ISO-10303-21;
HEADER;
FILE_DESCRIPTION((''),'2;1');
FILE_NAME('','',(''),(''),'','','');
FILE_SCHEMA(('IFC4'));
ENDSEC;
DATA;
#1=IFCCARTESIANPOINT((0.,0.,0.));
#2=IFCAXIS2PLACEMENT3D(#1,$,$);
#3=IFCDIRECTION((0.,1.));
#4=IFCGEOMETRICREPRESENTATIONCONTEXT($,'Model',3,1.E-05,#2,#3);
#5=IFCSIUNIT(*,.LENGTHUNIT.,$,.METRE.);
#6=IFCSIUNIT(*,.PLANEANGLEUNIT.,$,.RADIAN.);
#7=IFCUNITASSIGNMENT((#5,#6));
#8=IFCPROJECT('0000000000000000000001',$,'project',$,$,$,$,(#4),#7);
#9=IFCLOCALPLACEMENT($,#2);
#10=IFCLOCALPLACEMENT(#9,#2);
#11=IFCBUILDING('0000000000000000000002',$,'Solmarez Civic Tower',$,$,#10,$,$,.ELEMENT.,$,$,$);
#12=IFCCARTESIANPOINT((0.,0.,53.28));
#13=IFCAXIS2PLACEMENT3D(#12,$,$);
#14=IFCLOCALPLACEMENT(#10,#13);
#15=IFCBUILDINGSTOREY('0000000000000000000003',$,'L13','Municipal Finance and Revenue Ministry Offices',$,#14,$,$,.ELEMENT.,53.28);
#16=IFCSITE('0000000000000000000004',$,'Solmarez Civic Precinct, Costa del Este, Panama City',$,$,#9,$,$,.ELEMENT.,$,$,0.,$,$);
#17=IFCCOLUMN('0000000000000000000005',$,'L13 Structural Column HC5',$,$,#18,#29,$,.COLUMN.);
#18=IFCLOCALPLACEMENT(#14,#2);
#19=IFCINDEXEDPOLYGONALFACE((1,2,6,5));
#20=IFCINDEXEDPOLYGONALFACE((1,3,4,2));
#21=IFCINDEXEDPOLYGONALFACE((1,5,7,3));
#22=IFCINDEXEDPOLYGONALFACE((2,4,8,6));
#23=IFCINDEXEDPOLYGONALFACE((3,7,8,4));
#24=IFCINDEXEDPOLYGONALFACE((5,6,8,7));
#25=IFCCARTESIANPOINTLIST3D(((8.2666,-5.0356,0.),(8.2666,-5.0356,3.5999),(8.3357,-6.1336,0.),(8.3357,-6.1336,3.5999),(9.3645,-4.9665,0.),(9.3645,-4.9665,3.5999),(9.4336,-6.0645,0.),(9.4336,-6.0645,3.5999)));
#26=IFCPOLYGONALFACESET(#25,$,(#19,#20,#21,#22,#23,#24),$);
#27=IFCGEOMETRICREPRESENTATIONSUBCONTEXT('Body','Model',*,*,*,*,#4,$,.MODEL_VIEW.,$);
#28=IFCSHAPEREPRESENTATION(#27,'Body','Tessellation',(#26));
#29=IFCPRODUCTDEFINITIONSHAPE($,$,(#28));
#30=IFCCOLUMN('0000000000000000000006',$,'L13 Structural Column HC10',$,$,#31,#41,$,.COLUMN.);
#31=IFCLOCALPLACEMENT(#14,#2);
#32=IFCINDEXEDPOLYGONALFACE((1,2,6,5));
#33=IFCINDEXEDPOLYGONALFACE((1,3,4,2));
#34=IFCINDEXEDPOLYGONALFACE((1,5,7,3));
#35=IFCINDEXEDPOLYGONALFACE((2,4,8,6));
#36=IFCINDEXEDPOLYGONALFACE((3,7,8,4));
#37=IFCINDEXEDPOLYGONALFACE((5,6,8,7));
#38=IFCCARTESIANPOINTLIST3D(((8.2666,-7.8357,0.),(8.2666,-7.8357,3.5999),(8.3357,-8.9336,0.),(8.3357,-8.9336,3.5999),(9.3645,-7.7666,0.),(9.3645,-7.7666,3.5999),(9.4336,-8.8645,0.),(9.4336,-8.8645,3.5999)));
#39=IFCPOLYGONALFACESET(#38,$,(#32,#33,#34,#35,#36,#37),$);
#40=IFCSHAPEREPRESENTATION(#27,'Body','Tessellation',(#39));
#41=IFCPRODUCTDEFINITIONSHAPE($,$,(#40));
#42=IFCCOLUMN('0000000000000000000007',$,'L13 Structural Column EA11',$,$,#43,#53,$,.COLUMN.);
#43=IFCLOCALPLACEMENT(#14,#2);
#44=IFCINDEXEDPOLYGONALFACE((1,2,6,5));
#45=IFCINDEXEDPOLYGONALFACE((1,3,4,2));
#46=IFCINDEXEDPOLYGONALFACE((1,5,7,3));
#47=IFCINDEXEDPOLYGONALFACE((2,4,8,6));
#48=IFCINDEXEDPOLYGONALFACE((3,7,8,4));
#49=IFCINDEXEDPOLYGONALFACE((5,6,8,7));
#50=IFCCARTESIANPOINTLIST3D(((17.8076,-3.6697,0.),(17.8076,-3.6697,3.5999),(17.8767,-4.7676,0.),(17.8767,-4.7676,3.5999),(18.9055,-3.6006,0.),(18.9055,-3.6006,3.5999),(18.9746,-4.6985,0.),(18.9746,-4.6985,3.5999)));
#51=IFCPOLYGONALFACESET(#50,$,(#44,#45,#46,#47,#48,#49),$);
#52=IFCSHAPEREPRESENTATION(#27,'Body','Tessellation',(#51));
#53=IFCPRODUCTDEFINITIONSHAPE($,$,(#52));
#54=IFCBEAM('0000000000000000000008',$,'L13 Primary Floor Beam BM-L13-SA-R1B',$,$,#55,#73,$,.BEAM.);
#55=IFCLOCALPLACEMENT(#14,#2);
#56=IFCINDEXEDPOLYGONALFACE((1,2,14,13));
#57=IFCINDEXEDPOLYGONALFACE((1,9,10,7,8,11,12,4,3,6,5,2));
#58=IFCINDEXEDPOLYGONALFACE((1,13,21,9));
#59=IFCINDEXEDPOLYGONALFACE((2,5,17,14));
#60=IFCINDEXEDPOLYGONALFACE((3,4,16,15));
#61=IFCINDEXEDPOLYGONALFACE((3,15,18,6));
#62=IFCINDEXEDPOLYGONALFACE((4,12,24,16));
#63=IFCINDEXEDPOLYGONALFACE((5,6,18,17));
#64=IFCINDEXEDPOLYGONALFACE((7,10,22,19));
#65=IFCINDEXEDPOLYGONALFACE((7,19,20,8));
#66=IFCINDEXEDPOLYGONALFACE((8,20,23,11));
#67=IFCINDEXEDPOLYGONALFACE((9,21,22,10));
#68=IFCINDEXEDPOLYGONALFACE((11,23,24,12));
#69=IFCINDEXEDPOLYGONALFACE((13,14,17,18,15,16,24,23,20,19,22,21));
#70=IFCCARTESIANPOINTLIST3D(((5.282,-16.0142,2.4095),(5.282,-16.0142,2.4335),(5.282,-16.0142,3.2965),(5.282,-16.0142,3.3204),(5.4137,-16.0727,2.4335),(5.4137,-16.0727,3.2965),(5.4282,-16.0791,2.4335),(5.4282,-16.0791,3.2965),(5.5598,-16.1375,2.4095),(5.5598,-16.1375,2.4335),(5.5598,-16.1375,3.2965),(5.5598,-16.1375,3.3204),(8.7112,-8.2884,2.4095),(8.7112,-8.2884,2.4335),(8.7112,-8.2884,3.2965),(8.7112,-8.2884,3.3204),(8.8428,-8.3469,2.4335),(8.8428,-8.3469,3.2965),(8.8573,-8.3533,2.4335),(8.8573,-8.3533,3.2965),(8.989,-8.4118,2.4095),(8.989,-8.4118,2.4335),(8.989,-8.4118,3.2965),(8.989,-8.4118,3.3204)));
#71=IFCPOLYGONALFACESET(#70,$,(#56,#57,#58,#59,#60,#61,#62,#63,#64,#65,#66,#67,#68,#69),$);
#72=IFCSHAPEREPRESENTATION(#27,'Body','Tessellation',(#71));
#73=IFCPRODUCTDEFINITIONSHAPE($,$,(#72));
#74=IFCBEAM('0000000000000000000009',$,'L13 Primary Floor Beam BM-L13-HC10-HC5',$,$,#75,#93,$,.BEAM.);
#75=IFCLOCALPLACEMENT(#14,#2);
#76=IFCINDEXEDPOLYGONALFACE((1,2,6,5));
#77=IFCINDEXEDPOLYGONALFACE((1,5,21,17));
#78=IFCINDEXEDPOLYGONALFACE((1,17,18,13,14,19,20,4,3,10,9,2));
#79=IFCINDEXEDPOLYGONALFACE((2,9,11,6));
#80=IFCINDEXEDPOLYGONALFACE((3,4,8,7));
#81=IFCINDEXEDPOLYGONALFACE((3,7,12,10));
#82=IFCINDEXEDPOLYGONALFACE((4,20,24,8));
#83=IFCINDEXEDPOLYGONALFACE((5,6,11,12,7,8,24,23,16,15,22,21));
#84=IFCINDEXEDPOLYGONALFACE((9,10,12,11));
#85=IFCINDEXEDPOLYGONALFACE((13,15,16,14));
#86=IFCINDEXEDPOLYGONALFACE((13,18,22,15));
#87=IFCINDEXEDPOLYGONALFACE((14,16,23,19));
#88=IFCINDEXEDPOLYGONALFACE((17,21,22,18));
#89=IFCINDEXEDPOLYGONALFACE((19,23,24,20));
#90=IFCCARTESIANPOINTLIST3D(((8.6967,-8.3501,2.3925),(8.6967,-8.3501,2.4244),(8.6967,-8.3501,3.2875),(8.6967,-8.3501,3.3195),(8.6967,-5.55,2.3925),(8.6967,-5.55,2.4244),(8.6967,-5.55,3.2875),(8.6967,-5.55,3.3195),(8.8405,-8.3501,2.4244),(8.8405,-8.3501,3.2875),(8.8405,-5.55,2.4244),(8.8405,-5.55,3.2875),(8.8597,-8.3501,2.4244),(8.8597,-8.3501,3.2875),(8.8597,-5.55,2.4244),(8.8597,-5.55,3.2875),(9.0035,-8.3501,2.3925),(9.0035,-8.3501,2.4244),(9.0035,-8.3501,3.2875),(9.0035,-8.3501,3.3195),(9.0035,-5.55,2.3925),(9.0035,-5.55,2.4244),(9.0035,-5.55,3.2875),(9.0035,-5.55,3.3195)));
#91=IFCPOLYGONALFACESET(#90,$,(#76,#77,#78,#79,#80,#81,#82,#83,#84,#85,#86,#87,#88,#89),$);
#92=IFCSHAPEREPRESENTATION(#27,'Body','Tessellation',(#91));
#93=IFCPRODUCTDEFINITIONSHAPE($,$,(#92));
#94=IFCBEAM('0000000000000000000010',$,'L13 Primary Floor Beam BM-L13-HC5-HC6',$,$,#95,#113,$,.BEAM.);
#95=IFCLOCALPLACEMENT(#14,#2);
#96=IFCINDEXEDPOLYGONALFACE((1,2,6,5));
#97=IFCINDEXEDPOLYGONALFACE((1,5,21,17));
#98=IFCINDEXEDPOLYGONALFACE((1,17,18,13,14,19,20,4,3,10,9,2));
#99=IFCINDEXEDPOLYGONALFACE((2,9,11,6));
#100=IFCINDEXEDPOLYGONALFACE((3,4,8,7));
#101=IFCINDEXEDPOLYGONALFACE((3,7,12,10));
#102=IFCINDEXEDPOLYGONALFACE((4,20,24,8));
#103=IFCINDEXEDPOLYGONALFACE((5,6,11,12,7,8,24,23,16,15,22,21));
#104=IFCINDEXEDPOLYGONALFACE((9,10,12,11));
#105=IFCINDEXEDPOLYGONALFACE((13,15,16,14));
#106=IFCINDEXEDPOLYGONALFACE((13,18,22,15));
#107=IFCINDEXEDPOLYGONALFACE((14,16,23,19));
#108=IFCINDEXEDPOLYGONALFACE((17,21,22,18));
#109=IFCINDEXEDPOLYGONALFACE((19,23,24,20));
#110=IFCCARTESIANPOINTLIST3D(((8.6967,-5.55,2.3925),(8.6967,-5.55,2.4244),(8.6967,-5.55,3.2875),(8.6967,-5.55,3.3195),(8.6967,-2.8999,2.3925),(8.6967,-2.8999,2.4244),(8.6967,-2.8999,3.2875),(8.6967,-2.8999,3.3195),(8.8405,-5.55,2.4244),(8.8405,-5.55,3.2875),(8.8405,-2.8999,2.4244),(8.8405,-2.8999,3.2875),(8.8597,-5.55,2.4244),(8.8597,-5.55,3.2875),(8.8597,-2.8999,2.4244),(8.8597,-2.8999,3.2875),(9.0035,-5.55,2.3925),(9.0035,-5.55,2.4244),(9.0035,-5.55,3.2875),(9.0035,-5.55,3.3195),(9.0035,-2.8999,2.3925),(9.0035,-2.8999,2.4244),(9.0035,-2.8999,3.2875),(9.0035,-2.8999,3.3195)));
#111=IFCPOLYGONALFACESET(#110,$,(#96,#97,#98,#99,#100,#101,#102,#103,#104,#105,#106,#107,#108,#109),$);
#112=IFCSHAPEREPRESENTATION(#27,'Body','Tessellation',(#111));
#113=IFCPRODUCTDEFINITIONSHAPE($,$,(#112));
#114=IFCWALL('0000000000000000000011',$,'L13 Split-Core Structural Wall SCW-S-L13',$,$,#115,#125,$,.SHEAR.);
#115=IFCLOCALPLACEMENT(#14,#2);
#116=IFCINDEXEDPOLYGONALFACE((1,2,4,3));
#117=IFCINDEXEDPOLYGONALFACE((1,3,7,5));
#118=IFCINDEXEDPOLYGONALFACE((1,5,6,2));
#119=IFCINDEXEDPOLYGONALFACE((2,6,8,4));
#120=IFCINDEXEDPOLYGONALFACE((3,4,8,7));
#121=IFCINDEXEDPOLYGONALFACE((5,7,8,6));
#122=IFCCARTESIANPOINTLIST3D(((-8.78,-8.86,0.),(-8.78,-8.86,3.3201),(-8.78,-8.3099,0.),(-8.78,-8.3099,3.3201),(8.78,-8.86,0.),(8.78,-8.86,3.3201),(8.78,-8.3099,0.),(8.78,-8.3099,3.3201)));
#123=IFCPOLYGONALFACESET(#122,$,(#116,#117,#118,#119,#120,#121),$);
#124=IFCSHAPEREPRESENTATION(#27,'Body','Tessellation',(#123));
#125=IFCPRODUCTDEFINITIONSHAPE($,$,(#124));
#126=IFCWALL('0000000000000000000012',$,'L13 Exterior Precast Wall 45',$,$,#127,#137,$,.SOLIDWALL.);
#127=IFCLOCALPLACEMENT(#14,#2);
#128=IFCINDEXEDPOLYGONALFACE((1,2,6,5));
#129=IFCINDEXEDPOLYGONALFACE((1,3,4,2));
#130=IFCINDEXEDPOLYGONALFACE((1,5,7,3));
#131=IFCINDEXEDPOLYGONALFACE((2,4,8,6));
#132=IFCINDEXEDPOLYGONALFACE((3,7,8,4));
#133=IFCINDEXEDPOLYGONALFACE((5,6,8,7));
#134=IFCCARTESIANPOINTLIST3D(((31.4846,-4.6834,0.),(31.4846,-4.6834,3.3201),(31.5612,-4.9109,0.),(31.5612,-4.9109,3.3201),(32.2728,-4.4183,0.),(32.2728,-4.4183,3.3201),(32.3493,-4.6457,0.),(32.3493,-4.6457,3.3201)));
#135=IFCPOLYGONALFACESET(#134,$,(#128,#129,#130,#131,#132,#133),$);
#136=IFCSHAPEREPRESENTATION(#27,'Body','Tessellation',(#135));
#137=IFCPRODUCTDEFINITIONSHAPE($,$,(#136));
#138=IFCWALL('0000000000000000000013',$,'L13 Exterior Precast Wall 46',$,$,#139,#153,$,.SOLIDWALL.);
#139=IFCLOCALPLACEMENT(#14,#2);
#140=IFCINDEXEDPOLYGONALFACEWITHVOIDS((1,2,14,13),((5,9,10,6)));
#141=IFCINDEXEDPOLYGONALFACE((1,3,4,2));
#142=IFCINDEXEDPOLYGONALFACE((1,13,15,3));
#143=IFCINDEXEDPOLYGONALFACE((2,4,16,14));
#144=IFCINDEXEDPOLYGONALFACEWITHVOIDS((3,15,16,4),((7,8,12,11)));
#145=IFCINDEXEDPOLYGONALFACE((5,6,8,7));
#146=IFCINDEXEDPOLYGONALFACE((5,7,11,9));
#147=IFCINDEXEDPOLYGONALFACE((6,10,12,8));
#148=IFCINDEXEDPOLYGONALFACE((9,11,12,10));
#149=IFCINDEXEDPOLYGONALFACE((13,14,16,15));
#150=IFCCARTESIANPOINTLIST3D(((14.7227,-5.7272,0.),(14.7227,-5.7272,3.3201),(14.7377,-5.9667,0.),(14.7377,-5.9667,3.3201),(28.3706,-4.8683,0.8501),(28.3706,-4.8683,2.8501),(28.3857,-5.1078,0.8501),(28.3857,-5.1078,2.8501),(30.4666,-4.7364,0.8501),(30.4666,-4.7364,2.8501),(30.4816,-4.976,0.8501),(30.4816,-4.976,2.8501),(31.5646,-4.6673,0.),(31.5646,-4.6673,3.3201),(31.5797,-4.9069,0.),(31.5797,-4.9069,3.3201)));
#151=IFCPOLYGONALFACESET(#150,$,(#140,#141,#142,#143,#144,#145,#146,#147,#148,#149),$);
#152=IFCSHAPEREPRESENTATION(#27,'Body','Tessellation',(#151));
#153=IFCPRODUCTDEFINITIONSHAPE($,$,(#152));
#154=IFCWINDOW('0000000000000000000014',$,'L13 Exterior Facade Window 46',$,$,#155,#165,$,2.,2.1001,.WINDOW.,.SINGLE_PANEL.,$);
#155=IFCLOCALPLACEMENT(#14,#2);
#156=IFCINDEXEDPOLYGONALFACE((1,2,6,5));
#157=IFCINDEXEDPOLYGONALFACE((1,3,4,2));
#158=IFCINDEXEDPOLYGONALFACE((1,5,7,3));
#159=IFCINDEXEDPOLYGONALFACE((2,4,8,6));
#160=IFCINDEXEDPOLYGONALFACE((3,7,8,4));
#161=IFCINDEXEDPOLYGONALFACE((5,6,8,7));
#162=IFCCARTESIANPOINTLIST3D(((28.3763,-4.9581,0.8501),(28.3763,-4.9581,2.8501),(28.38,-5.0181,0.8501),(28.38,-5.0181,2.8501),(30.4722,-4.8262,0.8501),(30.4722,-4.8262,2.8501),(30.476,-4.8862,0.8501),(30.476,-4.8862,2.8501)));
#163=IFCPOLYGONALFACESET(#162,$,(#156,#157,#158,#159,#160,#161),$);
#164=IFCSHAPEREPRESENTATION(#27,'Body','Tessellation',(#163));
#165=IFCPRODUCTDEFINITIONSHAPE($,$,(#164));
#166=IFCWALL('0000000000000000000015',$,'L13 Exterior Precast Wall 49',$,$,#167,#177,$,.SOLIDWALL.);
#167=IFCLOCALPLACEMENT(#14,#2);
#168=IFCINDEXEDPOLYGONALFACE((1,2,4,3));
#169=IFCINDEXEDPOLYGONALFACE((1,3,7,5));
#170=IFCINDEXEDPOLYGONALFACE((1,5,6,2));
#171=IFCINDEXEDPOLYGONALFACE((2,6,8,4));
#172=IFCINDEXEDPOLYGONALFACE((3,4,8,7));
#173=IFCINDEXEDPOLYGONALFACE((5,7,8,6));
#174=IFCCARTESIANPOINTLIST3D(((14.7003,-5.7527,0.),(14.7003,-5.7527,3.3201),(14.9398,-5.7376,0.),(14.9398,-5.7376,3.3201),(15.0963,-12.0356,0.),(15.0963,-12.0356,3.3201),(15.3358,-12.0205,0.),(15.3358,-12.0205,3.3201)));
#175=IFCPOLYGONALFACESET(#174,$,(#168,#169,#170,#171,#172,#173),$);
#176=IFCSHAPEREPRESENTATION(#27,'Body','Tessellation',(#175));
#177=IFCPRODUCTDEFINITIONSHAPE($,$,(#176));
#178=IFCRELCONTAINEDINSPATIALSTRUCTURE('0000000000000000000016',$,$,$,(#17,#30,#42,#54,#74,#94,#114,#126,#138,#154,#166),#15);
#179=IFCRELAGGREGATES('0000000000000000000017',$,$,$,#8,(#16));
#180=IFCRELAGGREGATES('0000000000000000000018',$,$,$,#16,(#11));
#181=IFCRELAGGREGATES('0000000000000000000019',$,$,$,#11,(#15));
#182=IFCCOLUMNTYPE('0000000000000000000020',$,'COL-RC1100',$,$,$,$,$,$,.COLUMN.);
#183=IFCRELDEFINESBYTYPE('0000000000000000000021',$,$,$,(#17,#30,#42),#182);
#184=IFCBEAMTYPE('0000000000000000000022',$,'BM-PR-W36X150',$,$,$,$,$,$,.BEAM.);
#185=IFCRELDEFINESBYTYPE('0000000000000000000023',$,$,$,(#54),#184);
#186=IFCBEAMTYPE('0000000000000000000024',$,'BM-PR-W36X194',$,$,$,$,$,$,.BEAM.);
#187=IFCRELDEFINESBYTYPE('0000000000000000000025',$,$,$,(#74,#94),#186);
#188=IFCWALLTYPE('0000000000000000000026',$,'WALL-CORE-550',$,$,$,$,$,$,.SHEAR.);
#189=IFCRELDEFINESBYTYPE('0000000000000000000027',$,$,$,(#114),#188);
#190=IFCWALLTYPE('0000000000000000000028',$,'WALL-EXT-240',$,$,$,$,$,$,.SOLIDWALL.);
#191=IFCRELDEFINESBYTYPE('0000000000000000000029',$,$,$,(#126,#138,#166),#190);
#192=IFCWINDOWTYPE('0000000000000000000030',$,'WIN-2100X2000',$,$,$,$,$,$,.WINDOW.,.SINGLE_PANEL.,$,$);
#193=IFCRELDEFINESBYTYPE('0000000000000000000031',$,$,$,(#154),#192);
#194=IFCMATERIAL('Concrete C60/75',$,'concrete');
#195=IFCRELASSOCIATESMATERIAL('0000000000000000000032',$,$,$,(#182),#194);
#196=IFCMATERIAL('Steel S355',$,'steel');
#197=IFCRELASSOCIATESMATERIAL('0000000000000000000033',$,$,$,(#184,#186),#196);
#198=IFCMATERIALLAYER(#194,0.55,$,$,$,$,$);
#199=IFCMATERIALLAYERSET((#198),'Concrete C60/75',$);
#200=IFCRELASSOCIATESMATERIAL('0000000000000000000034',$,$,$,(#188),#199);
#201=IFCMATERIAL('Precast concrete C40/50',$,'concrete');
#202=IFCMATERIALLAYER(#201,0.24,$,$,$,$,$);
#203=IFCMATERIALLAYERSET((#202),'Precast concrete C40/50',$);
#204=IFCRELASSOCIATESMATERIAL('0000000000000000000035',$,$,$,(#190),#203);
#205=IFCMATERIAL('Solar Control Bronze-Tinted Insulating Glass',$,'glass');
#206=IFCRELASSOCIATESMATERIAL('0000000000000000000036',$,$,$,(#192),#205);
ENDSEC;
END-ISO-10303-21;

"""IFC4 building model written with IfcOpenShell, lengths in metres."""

from ifc_helpers import new_model, si_unit, direction, frame, frame_2d, origin, origin_2d, place, context, subcontext, project, spatial, rectangle, i_section, extrude, material, layer, layer_set, material_profile, profile_set, type_object, element, fill, save


model = new_model("IFC4")

# Units and contexts
model_context = context("Model", 3, precision=1e-05, world=origin(), true_north=direction((0.0, 1.0)))
body_context = subcontext(model_context, "Body", "Model", "MODEL_VIEW")
ifc_project = project(units=[si_unit("LENGTHUNIT", "METRE"), si_unit("PLANEANGLEUNIT", "RADIAN")], contexts=[model_context])

# Site, building, storey
site_placement = place(None, origin())
site = spatial("IfcSite", under=ifc_project, at=site_placement, Name="Solmarez Civic Precinct, Costa del Este, Panama City", CompositionType="ELEMENT", RefElevation=0.0)
building_placement = place(site_placement, origin())
building = spatial("IfcBuilding", under=site, at=building_placement, Name="Solmarez Civic Tower", CompositionType="ELEMENT")
storey_placement = place(building_placement, frame((0.0, 0.0, 53.28)))
storey = spatial("IfcBuildingStorey", under=building, at=storey_placement, Name="L13", Description="Municipal Finance and Revenue Ministry Offices", CompositionType="ELEMENT", Elevation=53.28)

# Columns
ifc_material_1 = material(Name="Concrete C60/75", Category="concrete")
ifc_material_profile_1 = material_profile(ifc_material_1, rectangle(XDim=1.1001, YDim=1.1001, at=origin_2d()), Name="RC1100X1100")
ifc_profile_set_1 = profile_set([ifc_material_profile_1], Name="Concrete C60/75")
column_type = type_object("IfcColumnType", Name="COL-RC1100", PredefinedType="COLUMN", material=ifc_profile_set_1)
for number, where, z_axis, x_axis, name in (
    (1, (8.8501, -5.55, 0.0), (0.0, 0.0, 1.0), (0.998027, 0.062791, 0.0), "L13 Structural Column HC5"),
    (2, (8.8501, -8.3501, 0.0), (0.0, 0.0, 1.0), (0.998027, 0.062791, 0.0), "L13 Structural Column HC10"),
    (3, (18.3911, -4.1841, 0.0), (0.0, 0.0, 1.0), (0.998027, 0.062791, 0.0), "L13 Structural Column EA11"),
):
    element("IfcColumn", number, at=place(storey_placement, frame(where, z_axis=z_axis, x_axis=x_axis)), inside=storey, type_object=column_type, Name=name, PredefinedType="COLUMN", context=body_context, shape_type="SweptSolid", body=[
        extrude(rectangle(XDim=1.1001, YDim=1.1001, at=origin_2d()), origin(), (0.0, 0.0, 1.0), 3.5999),
    ])

# Beams
ifc_material_2 = material(Name="Steel S355", Category="steel")
ifc_material_profile_2 = material_profile(ifc_material_2, i_section(OverallWidth=0.304, OverallDepth=0.9109, WebThickness=0.0159, FlangeThickness=0.0239, at=origin_2d()), Name="W36X150")
ifc_profile_set_2 = profile_set([ifc_material_profile_2], Name="Steel S355")
beam_type_1 = type_object("IfcBeamType", Name="BM-PR-W36X150", PredefinedType="BEAM", material=ifc_profile_set_2)
beam_1_placement = place(storey_placement, frame((8.8501, -8.3501, 2.865), z_axis=(-0.405694, -0.914009, 0.0), x_axis=(0.914009, -0.405694, 0.0)))
element("IfcBeam", 4, at=beam_1_placement, inside=storey, type_object=beam_type_1, Name="L13 Primary Floor Beam BM-L13-SA-R1B", PredefinedType="BEAM", context=body_context, shape_type="SweptSolid", body=[
    extrude(i_section(OverallWidth=0.304, OverallDepth=0.9109, WebThickness=0.0159, FlangeThickness=0.0239, at=origin_2d()), origin(), (0.0, 0.0, 1.0), 8.4526),
])
ifc_material_profile_3 = material_profile(ifc_material_2, i_section(OverallWidth=0.3069, OverallDepth=0.927, WebThickness=0.0193, FlangeThickness=0.032, at=origin_2d()), Name="W36X194")
ifc_profile_set_3 = profile_set([ifc_material_profile_3], Name="Steel S355")
beam_type_2 = type_object("IfcBeamType", Name="BM-PR-W36X194", PredefinedType="BEAM", material=ifc_profile_set_3)
beam_2_placement = place(storey_placement, frame((8.8501, -8.3501, 2.856), z_axis=(0.0, 1.0, 0.0), x_axis=(-1.0, 0.0, 0.0)))
element("IfcBeam", 5, at=beam_2_placement, inside=storey, type_object=beam_type_2, Name="L13 Primary Floor Beam BM-L13-HC10-HC5", PredefinedType="BEAM", context=body_context, shape_type="SweptSolid", body=[
    extrude(i_section(OverallWidth=0.3069, OverallDepth=0.927, WebThickness=0.0193, FlangeThickness=0.032, at=origin_2d()), origin(), (0.0, 0.0, 1.0), 2.8),
])
beam_3_placement = place(storey_placement, frame((8.8501, -5.55, 2.856), z_axis=(0.0, 1.0, 0.0), x_axis=(-1.0, 0.0, 0.0)))
element("IfcBeam", 6, at=beam_3_placement, inside=storey, type_object=beam_type_2, Name="L13 Primary Floor Beam BM-L13-HC5-HC6", PredefinedType="BEAM", context=body_context, shape_type="SweptSolid", body=[
    extrude(i_section(OverallWidth=0.3069, OverallDepth=0.927, WebThickness=0.0193, FlangeThickness=0.032, at=origin_2d()), origin(), (0.0, 0.0, 1.0), 2.6501),
])

# Walls
ifc_layer_1 = layer(ifc_material_1, 0.55)
ifc_layer_set_1 = layer_set([ifc_layer_1], Name="Concrete C60/75")
wall_type_1 = type_object("IfcWallType", Name="WALL-CORE-550", PredefinedType="SHEAR", material=ifc_layer_set_1)
wall_1_placement = place(storey_placement, frame((8.78, -8.585, 0.0), z_axis=(0.0, 0.0, 1.0), x_axis=(-1.0, 0.0, 0.0)))
element("IfcWall", 7, at=wall_1_placement, inside=storey, type_object=wall_type_1, Name="L13 Split-Core Structural Wall SCW-S-L13", PredefinedType="SHEAR", context=body_context, shape_type="SweptSolid", body=[
    extrude(rectangle(XDim=17.5601, YDim=0.55, at=frame_2d((8.78, 0.0))), origin(), (0.0, 0.0, 1.0), 3.3201),
])
ifc_material_3 = material(Name="Precast concrete C40/50", Category="concrete")
ifc_layer_2 = layer(ifc_material_3, 0.24)
ifc_layer_set_2 = layer_set([ifc_layer_2], Name="Precast concrete C40/50")
wall_type_2 = type_object("IfcWallType", Name="WALL-EXT-240", PredefinedType="SOLIDWALL", material=ifc_layer_set_2)
wall_2_placement = place(storey_placement, frame((32.311, -4.532, 0.0), z_axis=(0.0, 0.0, 1.0), x_axis=(-0.947799, -0.318869, 0.0)))
element("IfcWall", 8, at=wall_2_placement, inside=storey, type_object=wall_type_2, Name="L13 Exterior Precast Wall 45", PredefinedType="SOLIDWALL", context=body_context, shape_type="SweptSolid", body=[
    extrude(rectangle(XDim=0.8315, YDim=0.24, at=frame_2d((0.4158, 0.0))), origin(), (0.0, 0.0, 1.0), 3.3201),
])

# Wall, opening, window
wall_3_placement = place(storey_placement, frame((31.572, -4.7871, 0.0), z_axis=(0.0, 0.0, 1.0), x_axis=(-0.998026, -0.062803, 0.0)))
wall_3 = element("IfcWall", 9, at=wall_3_placement, inside=storey, type_object=wall_type_2, Name="L13 Exterior Precast Wall 46", PredefinedType="SOLIDWALL", context=body_context, shape_type="SweptSolid", body=[
    extrude(rectangle(XDim=16.8752, YDim=0.24, at=frame_2d((8.4375, 0.0))), origin(), (0.0, 0.0, 1.0), 3.3201),
])
opening_1_placement = place(wall_3_placement, frame((1.1001, 0.0, 0.8501)))
opening_1 = element("IfcOpeningElement", 10, at=opening_1_placement, cuts=wall_3, PredefinedType="OPENING", context=body_context, shape_type="SweptSolid", body=[
    extrude(rectangle(XDim=2.1001, YDim=2.0, at=frame_2d((1.05, 1.0))), frame((0.0, 0.1299, 0.0), z_axis=(0.0, -1.0, 0.0), x_axis=(1.0, 0.0, 0.0)), (0.0, 0.0, 1.0), 0.26),
])
ifc_material_4 = material(Name="Solar Control Bronze-Tinted Insulating Glass", Category="glass")
window_type = type_object("IfcWindowType", Name="WIN-2100X2000", PartitioningType="SINGLE_PANEL", PredefinedType="WINDOW", material=ifc_material_4)
window_placement = place(opening_1_placement, origin())
window = element("IfcWindow", 11, at=window_placement, inside=storey, type_object=window_type, Name="L13 Exterior Facade Window 46", OverallHeight=2.0, OverallWidth=2.1001, PartitioningType="SINGLE_PANEL", PredefinedType="WINDOW", context=body_context, shape_type="SweptSolid", body=[
    extrude(rectangle(XDim=2.1001, YDim=2.0, at=frame_2d((1.05, 1.0))), frame((0.0, 0.03, 0.0), z_axis=(0.0, -1.0, 0.0), x_axis=(1.0, 0.0, 0.0)), (0.0, 0.0, 1.0), 0.0601),
])
fill(opening_1, window)

# Wall
wall_4_placement = place(storey_placement, frame((14.8201, -5.7451, 0.0), z_axis=(0.0, 0.0, 1.0), x_axis=(0.062902, -0.99802, 0.0)))
element("IfcWall", 12, at=wall_4_placement, inside=storey, type_object=wall_type_2, Name="L13 Exterior Precast Wall 49", PredefinedType="SOLIDWALL", context=body_context, shape_type="SweptSolid", body=[
    extrude(rectangle(XDim=6.2954, YDim=0.24, at=frame_2d((3.1477, 0.0))), origin(), (0.0, 0.0, 1.0), 3.3201),
])

save(model, "model.ifc")
